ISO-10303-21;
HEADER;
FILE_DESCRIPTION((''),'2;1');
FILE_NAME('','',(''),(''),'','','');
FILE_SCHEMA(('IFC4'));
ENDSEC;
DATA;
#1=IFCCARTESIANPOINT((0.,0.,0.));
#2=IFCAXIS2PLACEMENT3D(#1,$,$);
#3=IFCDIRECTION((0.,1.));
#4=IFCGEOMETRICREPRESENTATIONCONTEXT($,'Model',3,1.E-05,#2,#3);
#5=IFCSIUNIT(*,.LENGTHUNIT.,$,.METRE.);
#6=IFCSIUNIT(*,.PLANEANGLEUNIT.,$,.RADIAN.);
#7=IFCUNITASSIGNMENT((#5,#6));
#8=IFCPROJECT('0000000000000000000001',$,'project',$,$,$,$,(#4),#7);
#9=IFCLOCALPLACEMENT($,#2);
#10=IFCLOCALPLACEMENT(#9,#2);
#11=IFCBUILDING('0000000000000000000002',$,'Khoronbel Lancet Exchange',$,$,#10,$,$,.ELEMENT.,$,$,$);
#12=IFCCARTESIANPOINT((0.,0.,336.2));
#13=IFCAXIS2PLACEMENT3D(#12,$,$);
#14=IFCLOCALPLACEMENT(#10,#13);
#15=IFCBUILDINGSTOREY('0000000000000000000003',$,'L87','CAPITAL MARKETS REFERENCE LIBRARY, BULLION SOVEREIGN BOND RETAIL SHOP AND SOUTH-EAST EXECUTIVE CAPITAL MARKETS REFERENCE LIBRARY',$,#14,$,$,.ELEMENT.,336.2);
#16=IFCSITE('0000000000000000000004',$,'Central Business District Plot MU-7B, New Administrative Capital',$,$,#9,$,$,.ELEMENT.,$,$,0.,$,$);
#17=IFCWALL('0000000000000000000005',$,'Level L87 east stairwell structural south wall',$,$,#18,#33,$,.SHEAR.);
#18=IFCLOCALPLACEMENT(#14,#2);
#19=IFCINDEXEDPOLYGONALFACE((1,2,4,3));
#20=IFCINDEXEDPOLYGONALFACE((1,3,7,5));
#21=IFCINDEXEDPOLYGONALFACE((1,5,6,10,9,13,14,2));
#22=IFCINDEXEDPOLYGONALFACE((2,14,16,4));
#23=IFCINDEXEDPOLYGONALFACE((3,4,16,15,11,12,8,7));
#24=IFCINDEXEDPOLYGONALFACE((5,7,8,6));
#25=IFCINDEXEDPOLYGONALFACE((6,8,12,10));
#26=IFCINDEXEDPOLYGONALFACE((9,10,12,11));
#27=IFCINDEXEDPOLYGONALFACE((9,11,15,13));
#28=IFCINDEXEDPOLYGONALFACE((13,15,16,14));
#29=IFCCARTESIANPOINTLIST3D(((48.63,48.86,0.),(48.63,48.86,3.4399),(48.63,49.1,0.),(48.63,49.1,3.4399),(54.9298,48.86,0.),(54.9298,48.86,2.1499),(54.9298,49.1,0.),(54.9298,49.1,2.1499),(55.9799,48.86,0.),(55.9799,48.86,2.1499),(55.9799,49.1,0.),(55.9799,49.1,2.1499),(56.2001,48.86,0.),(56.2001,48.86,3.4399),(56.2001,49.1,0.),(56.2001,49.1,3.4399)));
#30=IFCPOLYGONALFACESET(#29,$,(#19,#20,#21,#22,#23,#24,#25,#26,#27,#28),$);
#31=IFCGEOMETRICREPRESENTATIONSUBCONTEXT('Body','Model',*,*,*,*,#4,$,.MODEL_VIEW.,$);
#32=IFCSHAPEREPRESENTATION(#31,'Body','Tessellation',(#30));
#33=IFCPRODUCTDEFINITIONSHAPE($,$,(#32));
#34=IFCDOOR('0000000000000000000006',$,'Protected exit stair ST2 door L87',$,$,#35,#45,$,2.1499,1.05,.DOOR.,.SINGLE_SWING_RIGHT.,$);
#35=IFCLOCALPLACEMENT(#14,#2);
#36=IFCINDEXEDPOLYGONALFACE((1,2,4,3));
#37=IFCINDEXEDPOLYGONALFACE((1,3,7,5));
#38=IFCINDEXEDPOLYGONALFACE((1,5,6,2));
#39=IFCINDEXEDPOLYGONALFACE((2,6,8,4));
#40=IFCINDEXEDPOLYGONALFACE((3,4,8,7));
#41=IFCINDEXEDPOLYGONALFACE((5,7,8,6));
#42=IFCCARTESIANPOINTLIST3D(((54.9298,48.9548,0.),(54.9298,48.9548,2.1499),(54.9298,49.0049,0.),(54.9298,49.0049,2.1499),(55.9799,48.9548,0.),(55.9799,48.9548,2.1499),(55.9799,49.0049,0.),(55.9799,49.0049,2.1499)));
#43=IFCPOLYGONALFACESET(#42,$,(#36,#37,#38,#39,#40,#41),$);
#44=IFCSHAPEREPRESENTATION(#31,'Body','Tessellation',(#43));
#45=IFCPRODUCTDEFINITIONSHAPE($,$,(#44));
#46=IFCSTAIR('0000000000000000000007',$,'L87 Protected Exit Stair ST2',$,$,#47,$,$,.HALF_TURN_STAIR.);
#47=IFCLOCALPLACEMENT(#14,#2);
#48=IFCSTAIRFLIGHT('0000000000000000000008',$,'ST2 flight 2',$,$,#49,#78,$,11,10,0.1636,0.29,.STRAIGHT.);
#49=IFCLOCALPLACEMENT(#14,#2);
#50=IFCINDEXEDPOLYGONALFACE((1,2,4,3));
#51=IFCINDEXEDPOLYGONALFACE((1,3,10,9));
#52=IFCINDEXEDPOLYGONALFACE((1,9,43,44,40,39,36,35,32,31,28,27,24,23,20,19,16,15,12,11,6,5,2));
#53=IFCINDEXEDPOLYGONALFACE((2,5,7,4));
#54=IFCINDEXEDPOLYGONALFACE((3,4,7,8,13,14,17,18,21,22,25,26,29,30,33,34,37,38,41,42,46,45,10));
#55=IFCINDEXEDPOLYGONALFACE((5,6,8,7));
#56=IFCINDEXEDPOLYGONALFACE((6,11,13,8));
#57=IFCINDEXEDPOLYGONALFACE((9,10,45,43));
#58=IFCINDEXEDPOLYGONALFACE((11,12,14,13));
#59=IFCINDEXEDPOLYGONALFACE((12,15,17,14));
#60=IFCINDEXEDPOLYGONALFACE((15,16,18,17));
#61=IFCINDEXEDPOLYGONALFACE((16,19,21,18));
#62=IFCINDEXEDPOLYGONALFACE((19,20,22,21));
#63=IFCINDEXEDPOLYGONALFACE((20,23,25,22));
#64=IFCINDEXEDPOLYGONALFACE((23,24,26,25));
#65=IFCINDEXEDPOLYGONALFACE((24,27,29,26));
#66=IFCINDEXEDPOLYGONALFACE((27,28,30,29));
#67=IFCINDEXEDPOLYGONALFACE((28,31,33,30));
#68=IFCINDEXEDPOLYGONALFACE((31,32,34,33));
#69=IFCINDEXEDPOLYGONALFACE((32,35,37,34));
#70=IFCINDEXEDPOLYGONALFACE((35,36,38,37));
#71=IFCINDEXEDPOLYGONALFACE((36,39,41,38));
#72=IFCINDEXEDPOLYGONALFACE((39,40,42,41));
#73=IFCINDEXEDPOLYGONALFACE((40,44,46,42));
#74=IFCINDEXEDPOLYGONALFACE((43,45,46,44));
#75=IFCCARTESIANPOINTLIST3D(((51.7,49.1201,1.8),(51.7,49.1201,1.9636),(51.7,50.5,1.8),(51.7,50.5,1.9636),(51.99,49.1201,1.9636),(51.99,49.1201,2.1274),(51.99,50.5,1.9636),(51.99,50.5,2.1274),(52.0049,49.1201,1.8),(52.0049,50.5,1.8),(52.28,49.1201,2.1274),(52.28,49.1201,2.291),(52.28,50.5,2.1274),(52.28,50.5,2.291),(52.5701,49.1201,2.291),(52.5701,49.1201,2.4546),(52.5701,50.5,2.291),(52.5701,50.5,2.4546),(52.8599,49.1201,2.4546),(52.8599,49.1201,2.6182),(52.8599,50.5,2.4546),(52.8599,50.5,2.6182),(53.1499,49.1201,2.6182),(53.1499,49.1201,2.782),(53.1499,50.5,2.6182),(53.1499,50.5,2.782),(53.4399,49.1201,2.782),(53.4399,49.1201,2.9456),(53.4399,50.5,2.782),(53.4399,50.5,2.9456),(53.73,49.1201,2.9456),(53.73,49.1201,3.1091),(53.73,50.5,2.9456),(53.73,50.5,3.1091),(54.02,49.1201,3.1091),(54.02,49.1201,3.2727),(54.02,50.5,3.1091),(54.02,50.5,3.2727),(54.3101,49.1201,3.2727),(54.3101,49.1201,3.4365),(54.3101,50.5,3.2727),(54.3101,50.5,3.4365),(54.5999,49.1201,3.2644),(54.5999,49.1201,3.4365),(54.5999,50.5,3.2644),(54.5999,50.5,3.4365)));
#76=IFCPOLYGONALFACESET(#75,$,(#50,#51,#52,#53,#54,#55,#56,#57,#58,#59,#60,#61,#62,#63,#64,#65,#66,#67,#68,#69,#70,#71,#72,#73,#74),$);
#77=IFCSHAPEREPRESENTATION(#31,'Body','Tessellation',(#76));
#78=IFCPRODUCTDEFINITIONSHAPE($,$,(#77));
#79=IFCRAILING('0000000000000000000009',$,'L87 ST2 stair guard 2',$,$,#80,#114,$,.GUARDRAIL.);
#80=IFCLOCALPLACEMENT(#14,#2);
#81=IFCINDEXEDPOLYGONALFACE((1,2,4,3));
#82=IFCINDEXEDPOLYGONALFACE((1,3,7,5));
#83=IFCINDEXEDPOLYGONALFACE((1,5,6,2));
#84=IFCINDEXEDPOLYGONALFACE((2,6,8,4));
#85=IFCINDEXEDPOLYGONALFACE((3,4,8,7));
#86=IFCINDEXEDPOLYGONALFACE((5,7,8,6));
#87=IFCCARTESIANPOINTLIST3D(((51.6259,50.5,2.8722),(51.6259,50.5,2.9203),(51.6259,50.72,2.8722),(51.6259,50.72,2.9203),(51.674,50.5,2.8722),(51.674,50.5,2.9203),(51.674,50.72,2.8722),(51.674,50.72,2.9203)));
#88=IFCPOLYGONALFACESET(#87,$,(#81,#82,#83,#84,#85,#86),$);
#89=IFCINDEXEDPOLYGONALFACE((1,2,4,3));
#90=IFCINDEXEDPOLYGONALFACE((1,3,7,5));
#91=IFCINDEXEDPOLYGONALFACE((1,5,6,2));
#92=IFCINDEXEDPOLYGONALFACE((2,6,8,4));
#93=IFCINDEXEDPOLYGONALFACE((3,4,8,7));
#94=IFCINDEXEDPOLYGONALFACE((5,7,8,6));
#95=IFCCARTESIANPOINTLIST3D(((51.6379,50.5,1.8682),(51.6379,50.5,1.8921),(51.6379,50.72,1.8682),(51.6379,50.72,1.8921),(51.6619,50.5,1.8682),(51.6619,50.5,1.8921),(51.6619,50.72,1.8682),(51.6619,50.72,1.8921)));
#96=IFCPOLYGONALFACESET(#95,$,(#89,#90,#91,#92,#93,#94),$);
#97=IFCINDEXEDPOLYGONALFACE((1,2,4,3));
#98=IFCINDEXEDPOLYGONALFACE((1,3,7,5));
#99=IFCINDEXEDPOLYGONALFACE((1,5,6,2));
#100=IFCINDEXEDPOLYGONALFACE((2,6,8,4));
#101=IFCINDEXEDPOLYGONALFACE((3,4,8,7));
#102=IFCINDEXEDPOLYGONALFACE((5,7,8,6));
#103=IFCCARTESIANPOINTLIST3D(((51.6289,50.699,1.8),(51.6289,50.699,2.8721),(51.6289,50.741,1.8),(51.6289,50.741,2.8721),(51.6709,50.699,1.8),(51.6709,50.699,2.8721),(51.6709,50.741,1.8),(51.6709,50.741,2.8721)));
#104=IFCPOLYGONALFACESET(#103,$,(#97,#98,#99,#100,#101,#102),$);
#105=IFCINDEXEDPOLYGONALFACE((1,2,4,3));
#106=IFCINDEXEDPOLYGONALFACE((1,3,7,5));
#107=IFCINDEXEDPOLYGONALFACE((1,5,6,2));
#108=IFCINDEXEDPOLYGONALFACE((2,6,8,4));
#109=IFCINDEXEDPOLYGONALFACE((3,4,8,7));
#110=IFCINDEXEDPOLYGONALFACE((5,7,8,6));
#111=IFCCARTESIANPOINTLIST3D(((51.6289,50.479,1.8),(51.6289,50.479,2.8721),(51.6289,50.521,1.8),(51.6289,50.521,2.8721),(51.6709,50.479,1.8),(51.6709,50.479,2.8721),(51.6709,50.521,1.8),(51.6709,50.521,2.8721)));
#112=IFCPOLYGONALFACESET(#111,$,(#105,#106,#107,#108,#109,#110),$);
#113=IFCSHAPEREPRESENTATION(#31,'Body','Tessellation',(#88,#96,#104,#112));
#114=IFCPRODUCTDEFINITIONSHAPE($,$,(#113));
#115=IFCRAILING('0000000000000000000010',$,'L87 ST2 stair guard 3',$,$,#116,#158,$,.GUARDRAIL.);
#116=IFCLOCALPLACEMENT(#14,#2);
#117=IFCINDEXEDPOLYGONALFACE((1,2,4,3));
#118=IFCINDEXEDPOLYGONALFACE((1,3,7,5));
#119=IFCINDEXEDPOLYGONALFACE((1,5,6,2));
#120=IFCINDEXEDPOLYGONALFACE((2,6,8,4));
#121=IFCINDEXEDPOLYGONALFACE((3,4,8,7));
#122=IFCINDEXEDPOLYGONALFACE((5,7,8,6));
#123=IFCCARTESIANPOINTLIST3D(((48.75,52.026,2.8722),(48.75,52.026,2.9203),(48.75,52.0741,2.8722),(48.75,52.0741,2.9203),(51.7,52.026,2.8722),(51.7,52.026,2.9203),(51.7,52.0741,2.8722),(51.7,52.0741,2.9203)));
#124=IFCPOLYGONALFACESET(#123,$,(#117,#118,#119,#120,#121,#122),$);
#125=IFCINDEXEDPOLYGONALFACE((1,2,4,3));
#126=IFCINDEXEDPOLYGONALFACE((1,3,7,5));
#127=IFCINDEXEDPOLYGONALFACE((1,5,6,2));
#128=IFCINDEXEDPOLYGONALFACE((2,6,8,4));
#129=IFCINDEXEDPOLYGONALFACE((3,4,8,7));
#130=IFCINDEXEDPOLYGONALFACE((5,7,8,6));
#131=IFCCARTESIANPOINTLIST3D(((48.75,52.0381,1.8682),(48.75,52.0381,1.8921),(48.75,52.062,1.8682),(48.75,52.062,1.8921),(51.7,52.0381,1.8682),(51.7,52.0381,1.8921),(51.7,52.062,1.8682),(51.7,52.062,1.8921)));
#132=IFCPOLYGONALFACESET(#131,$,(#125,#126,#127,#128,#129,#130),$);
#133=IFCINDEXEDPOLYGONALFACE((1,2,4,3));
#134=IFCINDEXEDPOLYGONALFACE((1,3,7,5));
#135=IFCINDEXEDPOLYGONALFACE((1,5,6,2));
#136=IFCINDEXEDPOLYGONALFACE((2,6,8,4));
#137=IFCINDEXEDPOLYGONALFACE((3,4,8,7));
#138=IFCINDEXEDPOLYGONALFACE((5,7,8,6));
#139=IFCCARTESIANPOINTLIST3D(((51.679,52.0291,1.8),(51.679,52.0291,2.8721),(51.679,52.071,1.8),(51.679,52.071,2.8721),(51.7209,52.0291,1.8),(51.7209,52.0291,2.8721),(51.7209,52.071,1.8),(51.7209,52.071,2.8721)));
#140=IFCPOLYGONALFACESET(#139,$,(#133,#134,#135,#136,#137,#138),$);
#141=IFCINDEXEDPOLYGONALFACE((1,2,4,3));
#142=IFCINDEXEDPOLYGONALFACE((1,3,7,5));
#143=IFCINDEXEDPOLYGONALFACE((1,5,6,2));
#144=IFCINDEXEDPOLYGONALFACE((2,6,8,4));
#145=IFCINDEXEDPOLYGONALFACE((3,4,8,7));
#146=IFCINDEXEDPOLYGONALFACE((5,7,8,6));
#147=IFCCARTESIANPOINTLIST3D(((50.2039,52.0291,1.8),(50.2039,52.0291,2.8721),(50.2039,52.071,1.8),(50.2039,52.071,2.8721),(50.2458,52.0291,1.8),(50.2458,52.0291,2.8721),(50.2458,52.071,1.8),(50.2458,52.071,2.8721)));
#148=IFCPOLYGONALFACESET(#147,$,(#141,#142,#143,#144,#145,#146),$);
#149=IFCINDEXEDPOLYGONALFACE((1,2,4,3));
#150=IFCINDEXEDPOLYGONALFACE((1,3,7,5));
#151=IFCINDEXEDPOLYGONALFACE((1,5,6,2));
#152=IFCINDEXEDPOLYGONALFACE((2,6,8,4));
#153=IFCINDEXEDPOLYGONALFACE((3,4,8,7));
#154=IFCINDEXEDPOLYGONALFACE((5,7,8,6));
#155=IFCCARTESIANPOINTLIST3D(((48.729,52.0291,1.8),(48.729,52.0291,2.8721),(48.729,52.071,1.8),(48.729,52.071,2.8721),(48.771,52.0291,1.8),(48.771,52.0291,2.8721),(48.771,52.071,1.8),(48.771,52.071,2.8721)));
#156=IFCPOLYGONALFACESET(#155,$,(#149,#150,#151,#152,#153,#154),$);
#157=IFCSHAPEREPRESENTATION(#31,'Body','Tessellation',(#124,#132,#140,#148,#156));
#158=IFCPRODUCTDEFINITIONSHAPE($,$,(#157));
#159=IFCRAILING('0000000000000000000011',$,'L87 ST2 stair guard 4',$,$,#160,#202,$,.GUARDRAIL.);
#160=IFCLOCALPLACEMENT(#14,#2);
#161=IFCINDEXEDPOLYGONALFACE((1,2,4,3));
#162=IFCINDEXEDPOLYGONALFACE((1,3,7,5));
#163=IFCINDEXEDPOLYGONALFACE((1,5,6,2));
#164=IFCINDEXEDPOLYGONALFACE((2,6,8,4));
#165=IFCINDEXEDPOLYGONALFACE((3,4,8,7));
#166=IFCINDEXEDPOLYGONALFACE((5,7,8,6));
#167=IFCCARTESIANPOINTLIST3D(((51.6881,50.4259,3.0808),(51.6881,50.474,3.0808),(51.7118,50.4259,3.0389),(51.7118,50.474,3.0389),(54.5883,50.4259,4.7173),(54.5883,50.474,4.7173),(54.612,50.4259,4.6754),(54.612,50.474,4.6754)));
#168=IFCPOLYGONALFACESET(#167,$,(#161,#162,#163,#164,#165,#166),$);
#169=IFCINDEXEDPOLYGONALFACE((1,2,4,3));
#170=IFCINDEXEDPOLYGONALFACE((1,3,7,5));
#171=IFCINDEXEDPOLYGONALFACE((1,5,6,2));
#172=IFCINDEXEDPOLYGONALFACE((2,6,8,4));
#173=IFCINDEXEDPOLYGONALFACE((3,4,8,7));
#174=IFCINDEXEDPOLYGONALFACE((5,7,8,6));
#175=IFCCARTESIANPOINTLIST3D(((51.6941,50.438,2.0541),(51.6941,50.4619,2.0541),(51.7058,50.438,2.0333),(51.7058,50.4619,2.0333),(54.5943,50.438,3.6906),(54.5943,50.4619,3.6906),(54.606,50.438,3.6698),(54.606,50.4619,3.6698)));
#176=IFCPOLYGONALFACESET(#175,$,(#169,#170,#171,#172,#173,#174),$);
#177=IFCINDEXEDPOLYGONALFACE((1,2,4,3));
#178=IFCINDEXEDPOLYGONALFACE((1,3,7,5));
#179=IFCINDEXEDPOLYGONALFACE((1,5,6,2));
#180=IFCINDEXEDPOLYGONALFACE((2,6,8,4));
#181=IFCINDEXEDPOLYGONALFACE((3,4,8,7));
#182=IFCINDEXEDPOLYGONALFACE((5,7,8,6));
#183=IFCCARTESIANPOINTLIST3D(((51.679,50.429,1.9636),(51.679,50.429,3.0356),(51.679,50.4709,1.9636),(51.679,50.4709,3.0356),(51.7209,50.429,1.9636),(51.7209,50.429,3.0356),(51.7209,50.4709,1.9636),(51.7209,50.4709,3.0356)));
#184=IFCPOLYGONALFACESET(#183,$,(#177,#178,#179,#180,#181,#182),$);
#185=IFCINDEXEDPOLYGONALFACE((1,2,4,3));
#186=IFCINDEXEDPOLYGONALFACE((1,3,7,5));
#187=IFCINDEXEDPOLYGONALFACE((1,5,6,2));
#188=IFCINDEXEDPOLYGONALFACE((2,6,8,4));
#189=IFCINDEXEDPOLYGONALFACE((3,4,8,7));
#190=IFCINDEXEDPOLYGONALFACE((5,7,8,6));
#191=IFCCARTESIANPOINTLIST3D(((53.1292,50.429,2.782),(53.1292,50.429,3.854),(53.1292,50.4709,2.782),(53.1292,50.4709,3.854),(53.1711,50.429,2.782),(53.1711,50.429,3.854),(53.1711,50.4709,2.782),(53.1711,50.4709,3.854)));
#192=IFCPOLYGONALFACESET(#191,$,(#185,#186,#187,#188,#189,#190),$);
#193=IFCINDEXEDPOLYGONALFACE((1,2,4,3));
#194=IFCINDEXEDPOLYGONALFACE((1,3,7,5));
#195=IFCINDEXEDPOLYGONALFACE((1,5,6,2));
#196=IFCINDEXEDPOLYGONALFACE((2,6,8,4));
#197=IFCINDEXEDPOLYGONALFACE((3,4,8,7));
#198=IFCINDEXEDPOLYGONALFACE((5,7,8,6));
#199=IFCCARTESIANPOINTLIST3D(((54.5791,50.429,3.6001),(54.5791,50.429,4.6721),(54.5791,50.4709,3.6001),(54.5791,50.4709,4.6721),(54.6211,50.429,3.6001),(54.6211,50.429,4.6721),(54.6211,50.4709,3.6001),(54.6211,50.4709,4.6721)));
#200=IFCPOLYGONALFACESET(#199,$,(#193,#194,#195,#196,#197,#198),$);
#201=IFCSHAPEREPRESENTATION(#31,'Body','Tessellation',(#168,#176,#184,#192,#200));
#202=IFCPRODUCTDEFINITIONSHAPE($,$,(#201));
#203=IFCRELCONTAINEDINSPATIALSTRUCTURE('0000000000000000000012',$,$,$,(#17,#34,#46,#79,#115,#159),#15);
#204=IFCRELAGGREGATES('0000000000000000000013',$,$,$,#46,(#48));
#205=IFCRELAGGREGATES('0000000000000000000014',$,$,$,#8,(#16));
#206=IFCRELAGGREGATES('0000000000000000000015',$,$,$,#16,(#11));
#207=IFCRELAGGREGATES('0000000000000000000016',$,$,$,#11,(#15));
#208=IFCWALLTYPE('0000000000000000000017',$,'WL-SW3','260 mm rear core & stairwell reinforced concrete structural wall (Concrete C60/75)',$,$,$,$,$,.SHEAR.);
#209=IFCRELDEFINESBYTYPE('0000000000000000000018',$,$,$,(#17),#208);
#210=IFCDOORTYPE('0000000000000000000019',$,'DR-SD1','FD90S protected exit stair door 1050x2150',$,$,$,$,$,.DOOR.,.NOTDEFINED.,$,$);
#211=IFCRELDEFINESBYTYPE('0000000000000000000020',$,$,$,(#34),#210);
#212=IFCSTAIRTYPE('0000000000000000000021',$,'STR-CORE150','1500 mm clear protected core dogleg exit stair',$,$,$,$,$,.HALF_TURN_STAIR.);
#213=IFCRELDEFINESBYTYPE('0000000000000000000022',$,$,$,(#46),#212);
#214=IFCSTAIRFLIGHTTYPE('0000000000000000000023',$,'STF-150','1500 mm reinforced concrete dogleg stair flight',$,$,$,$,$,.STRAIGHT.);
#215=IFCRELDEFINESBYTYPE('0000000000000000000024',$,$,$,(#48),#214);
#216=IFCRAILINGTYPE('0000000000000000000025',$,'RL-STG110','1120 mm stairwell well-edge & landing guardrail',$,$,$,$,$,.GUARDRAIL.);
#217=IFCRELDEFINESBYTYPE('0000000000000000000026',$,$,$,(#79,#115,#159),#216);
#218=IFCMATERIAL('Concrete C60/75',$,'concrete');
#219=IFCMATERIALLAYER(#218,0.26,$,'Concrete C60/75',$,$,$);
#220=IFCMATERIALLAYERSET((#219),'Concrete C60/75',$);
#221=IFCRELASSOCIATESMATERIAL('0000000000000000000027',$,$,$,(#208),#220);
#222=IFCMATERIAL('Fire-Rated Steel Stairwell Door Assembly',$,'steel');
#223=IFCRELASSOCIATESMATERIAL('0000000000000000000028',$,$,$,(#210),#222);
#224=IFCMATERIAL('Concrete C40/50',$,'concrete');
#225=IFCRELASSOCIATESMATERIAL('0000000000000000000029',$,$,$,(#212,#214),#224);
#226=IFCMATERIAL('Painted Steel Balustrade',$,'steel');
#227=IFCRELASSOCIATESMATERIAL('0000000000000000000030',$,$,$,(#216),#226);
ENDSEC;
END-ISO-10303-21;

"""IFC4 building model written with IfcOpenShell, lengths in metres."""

from ifc_helpers import new_model, si_unit, direction, frame, frame_2d, origin, origin_2d, place, context, subcontext, project, spatial, polyline, rectangle, outline, extrude, material, layer, layer_set, type_object, element, fill, aggregate, save


model = new_model("IFC4")

# Units and contexts
model_context = context("Model", 3, precision=1e-05, world=origin(), true_north=direction((0.0, 1.0)))
body_context = subcontext(model_context, "Body", "Model", "MODEL_VIEW")
ifc_project = project(units=[si_unit("LENGTHUNIT", "METRE"), si_unit("PLANEANGLEUNIT", "RADIAN")], contexts=[model_context])

# Site, building, storey
site_placement = place(None, origin())
site = spatial("IfcSite", under=ifc_project, at=site_placement, Name="Central Business District Plot MU-7B, New Administrative Capital", CompositionType="ELEMENT", RefElevation=0.0)
building_placement = place(site_placement, origin())
building = spatial("IfcBuilding", under=site, at=building_placement, Name="Khoronbel Lancet Exchange", CompositionType="ELEMENT")
storey_placement = place(building_placement, frame((0.0, 0.0, 336.2)))
storey = spatial("IfcBuildingStorey", under=building, at=storey_placement, Name="L87", Description="CAPITAL MARKETS REFERENCE LIBRARY, BULLION SOVEREIGN BOND RETAIL SHOP AND SOUTH-EAST EXECUTIVE CAPITAL MARKETS REFERENCE LIBRARY", CompositionType="ELEMENT", Elevation=336.2)

# Shared definitions
ifc_material_1 = material(Name="Concrete C60/75", Category="concrete")

# Wall, opening, door
ifc_layer_1 = layer(ifc_material_1, 0.26, Name="Concrete C60/75")
ifc_layer_set_1 = layer_set([ifc_layer_1], Name="Concrete C60/75")
wall_type_1 = type_object("IfcWallType", Name="WL-SW3", Description="260 mm rear core & stairwell reinforced concrete structural wall (Concrete C60/75)", PredefinedType="SHEAR", material=ifc_layer_set_1)
wall_1_placement = place(storey_placement, frame((48.6299, 48.98, 0.0), z_axis=(0.0, 0.0, 1.0), x_axis=(1.0, 0.0, 0.0)))
wall_1 = element("IfcWall", 1, at=wall_1_placement, inside=storey, type_object=wall_type_1, Name="Level L87 east stairwell structural south wall", PredefinedType="SHEAR", context=body_context, shape_type="SweptSolid", body=[
    extrude(rectangle(XDim=7.5701, YDim=0.24, at=frame_2d((3.7852, 0.0))), origin(), (0.0, 0.0, 1.0), 3.4399),
])
opening_1_placement = place(wall_1_placement, frame((6.3, 0.0, 0.0)))
opening_1 = element("IfcOpeningElement", 2, at=opening_1_placement, cuts=wall_1, PredefinedType="OPENING", context=body_context, shape_type="SweptSolid", body=[
    extrude(rectangle(XDim=1.05, YDim=2.1499, at=frame_2d((0.5249, 1.075))), frame((0.0, 0.1299, 0.0), z_axis=(0.0, -1.0, 0.0), x_axis=(1.0, 0.0, 0.0)), (0.0, 0.0, 1.0), 0.26),
])
ifc_material_2 = material(Name="Fire-Rated Steel Stairwell Door Assembly", Category="steel")
door_type_1 = type_object("IfcDoorType", Name="DR-SD1", Description="FD90S protected exit stair door 1050x2150", OperationType="NOTDEFINED", PredefinedType="DOOR", material=ifc_material_2)
door_1_placement = place(opening_1_placement, origin())
door_1 = element("IfcDoor", 3, at=door_1_placement, inside=storey, type_object=door_type_1, Name="Protected exit stair ST2 door L87", OperationType="SINGLE_SWING_RIGHT", OverallHeight=2.1499, OverallWidth=1.05, PredefinedType="DOOR", context=body_context, shape_type="SweptSolid", body=[
    extrude(rectangle(XDim=1.05, YDim=2.1499, at=frame_2d((0.5249, 1.075))), frame((0.0, 0.0249, 0.0), z_axis=(0.0, -1.0, 0.0), x_axis=(1.0, 0.0, 0.0)), (0.0, 0.0, 1.0), 0.05),
])
fill(opening_1, door_1)

# Stair, stair flight
ifc_material_3 = material(Name="Concrete C40/50", Category="concrete")
stair_type = type_object("IfcStairType", Name="STR-CORE150", Description="1500 mm clear protected core dogleg exit stair", PredefinedType="HALF_TURN_STAIR", material=ifc_material_3)
stair_placement = place(storey_placement, origin())
stair = element("IfcStair", 4, at=stair_placement, inside=storey, type_object=stair_type, Name="L87 Protected Exit Stair ST2", PredefinedType="HALF_TURN_STAIR")
stair_flight_type = type_object("IfcStairFlightType", Name="STF-150", Description="1500 mm reinforced concrete dogleg stair flight", PredefinedType="STRAIGHT", material=ifc_material_3)
stair_flight_placement = place(storey_placement, frame((51.7, 49.8101, 1.8), z_axis=(0.0, 0.0, 1.0), x_axis=(1.0, 0.0, 0.0)))
stair_flight = element("IfcStairFlight", 5, at=stair_flight_placement, type_object=stair_flight_type, Name="ST2 flight 2", NumberOfRisers=11, NumberOfTreads=10, PredefinedType="STRAIGHT", RiserHeight=0.1636, TreadLength=0.29, context=body_context, shape_type="SweptSolid", body=[
    extrude(outline(polyline([(0.0, 0.0), (0.0, 0.1636), (0.29, 0.1636), (0.29, 0.3274), (0.5801, 0.3274), (0.5801, 0.491), (0.8701, 0.491), (0.8701, 0.6545), (1.1599, 0.6545), (1.1599, 0.8181), (1.45, 0.8181), (1.45, 0.9819), (1.74, 0.9819), (1.74, 1.1455), (2.03, 1.1455), (2.03, 1.3091), (2.3201, 1.3091), (2.3201, 1.4727), (2.6101, 1.4727), (2.6101, 1.6365), (2.8999, 1.6365), (2.8999, 1.8), (2.8999, 1.4644), (0.3049, 0.0), (0.0, 0.0)])), frame((0.0, 0.6899, 0.0), z_axis=(0.0, -1.0, 0.0), x_axis=(1.0, 0.0, 0.0)), (0.0, 0.0, 1.0), 1.3799),
])
aggregate(stair, [stair_flight])

# Railings
ifc_material_4 = material(Name="Painted Steel Balustrade", Category="steel")
railing_type_1 = type_object("IfcRailingType", Name="RL-STG110", Description="1120 mm stairwell well-edge & landing guardrail", PredefinedType="GUARDRAIL", material=ifc_material_4)
railing_1_placement = place(storey_placement, frame((51.6499, 50.72, 1.8)))
element("IfcRailing", 6, at=railing_1_placement, inside=storey, type_object=railing_type_1, Name="L87 ST2 stair guard 2", PredefinedType="GUARDRAIL", context=body_context, shape_type="SweptSolid", body=[
    extrude(rectangle(XDim=0.0481, YDim=0.0481, at=origin_2d()), frame((0.0, 0.0, 1.0962), z_axis=(0.0, -1.0, 0.0), x_axis=(1.0, 0.0, 0.0)), (0.0, 0.0, 1.0), 0.22),
    extrude(rectangle(XDim=0.0239, YDim=0.0239, at=origin_2d()), frame((0.0, 0.0, 0.0801), z_axis=(0.0, -1.0, 0.0), x_axis=(1.0, 0.0, 0.0)), (0.0, 0.0, 1.0), 0.22),
    extrude(rectangle(XDim=0.042, YDim=0.042, at=origin_2d()), origin(), (0.0, 0.0, 1.0), 1.072),
    extrude(rectangle(XDim=0.042, YDim=0.042, at=origin_2d()), frame((0.0, -0.22, 0.0)), (0.0, 0.0, 1.0), 1.072),
])
railing_2_placement = place(storey_placement, frame((51.7, 52.05, 1.8)))
element("IfcRailing", 7, at=railing_2_placement, inside=storey, type_object=railing_type_1, Name="L87 ST2 stair guard 3", PredefinedType="GUARDRAIL", context=body_context, shape_type="SweptSolid", body=[
    extrude(rectangle(XDim=0.0481, YDim=0.0481, at=origin_2d()), frame((0.0, 0.0, 1.0962), z_axis=(-1.0, 0.0, 0.0), x_axis=(0.0, -1.0, 0.0)), (0.0, 0.0, 1.0), 2.95),
    extrude(rectangle(XDim=0.0239, YDim=0.0239, at=origin_2d()), frame((0.0, 0.0, 0.0801), z_axis=(-1.0, 0.0, 0.0), x_axis=(0.0, -1.0, 0.0)), (0.0, 0.0, 1.0), 2.95),
    extrude(rectangle(XDim=0.042, YDim=0.042, at=origin_2d()), origin(), (0.0, 0.0, 1.0), 1.072),
    extrude(rectangle(XDim=0.042, YDim=0.042, at=origin_2d()), frame((-1.4751, 0.0, 0.0)), (0.0, 0.0, 1.0), 1.072),
    extrude(rectangle(XDim=0.042, YDim=0.042, at=origin_2d()), frame((-2.95, 0.0, 0.0)), (0.0, 0.0, 1.0), 1.072),
])
railing_3_placement = place(storey_placement, frame((51.7, 50.45, 1.9636)))
element("IfcRailing", 8, at=railing_3_placement, inside=storey, type_object=railing_type_1, Name="L87 ST2 stair guard 4", PredefinedType="GUARDRAIL", context=body_context, shape_type="SweptSolid", body=[
    extrude(rectangle(XDim=0.0481, YDim=0.0481, at=origin_2d()), frame((0.0, 0.0, 1.0962), z_axis=(0.870915, 0.0, 0.491434), x_axis=(0.0, 1.0, 0.0)), (0.0, 0.0, 1.0), 3.3301),
    extrude(rectangle(XDim=0.0239, YDim=0.0239, at=origin_2d()), frame((0.0, 0.0, 0.0801), z_axis=(0.870915, 0.0, 0.491434), x_axis=(0.0, 1.0, 0.0)), (0.0, 0.0, 1.0), 3.3301),
    extrude(rectangle(XDim=0.042, YDim=0.042, at=origin_2d()), origin(), (0.0, 0.0, 1.0), 1.072),
    extrude(rectangle(XDim=0.042, YDim=0.042, at=origin_2d()), frame((1.4502, 0.0, 0.8184)), (0.0, 0.0, 1.0), 1.072),
    extrude(rectangle(XDim=0.042, YDim=0.042, at=origin_2d()), frame((2.9001, 0.0, 1.6365)), (0.0, 0.0, 1.0), 1.072),
])

save(model, "model.ifc")
